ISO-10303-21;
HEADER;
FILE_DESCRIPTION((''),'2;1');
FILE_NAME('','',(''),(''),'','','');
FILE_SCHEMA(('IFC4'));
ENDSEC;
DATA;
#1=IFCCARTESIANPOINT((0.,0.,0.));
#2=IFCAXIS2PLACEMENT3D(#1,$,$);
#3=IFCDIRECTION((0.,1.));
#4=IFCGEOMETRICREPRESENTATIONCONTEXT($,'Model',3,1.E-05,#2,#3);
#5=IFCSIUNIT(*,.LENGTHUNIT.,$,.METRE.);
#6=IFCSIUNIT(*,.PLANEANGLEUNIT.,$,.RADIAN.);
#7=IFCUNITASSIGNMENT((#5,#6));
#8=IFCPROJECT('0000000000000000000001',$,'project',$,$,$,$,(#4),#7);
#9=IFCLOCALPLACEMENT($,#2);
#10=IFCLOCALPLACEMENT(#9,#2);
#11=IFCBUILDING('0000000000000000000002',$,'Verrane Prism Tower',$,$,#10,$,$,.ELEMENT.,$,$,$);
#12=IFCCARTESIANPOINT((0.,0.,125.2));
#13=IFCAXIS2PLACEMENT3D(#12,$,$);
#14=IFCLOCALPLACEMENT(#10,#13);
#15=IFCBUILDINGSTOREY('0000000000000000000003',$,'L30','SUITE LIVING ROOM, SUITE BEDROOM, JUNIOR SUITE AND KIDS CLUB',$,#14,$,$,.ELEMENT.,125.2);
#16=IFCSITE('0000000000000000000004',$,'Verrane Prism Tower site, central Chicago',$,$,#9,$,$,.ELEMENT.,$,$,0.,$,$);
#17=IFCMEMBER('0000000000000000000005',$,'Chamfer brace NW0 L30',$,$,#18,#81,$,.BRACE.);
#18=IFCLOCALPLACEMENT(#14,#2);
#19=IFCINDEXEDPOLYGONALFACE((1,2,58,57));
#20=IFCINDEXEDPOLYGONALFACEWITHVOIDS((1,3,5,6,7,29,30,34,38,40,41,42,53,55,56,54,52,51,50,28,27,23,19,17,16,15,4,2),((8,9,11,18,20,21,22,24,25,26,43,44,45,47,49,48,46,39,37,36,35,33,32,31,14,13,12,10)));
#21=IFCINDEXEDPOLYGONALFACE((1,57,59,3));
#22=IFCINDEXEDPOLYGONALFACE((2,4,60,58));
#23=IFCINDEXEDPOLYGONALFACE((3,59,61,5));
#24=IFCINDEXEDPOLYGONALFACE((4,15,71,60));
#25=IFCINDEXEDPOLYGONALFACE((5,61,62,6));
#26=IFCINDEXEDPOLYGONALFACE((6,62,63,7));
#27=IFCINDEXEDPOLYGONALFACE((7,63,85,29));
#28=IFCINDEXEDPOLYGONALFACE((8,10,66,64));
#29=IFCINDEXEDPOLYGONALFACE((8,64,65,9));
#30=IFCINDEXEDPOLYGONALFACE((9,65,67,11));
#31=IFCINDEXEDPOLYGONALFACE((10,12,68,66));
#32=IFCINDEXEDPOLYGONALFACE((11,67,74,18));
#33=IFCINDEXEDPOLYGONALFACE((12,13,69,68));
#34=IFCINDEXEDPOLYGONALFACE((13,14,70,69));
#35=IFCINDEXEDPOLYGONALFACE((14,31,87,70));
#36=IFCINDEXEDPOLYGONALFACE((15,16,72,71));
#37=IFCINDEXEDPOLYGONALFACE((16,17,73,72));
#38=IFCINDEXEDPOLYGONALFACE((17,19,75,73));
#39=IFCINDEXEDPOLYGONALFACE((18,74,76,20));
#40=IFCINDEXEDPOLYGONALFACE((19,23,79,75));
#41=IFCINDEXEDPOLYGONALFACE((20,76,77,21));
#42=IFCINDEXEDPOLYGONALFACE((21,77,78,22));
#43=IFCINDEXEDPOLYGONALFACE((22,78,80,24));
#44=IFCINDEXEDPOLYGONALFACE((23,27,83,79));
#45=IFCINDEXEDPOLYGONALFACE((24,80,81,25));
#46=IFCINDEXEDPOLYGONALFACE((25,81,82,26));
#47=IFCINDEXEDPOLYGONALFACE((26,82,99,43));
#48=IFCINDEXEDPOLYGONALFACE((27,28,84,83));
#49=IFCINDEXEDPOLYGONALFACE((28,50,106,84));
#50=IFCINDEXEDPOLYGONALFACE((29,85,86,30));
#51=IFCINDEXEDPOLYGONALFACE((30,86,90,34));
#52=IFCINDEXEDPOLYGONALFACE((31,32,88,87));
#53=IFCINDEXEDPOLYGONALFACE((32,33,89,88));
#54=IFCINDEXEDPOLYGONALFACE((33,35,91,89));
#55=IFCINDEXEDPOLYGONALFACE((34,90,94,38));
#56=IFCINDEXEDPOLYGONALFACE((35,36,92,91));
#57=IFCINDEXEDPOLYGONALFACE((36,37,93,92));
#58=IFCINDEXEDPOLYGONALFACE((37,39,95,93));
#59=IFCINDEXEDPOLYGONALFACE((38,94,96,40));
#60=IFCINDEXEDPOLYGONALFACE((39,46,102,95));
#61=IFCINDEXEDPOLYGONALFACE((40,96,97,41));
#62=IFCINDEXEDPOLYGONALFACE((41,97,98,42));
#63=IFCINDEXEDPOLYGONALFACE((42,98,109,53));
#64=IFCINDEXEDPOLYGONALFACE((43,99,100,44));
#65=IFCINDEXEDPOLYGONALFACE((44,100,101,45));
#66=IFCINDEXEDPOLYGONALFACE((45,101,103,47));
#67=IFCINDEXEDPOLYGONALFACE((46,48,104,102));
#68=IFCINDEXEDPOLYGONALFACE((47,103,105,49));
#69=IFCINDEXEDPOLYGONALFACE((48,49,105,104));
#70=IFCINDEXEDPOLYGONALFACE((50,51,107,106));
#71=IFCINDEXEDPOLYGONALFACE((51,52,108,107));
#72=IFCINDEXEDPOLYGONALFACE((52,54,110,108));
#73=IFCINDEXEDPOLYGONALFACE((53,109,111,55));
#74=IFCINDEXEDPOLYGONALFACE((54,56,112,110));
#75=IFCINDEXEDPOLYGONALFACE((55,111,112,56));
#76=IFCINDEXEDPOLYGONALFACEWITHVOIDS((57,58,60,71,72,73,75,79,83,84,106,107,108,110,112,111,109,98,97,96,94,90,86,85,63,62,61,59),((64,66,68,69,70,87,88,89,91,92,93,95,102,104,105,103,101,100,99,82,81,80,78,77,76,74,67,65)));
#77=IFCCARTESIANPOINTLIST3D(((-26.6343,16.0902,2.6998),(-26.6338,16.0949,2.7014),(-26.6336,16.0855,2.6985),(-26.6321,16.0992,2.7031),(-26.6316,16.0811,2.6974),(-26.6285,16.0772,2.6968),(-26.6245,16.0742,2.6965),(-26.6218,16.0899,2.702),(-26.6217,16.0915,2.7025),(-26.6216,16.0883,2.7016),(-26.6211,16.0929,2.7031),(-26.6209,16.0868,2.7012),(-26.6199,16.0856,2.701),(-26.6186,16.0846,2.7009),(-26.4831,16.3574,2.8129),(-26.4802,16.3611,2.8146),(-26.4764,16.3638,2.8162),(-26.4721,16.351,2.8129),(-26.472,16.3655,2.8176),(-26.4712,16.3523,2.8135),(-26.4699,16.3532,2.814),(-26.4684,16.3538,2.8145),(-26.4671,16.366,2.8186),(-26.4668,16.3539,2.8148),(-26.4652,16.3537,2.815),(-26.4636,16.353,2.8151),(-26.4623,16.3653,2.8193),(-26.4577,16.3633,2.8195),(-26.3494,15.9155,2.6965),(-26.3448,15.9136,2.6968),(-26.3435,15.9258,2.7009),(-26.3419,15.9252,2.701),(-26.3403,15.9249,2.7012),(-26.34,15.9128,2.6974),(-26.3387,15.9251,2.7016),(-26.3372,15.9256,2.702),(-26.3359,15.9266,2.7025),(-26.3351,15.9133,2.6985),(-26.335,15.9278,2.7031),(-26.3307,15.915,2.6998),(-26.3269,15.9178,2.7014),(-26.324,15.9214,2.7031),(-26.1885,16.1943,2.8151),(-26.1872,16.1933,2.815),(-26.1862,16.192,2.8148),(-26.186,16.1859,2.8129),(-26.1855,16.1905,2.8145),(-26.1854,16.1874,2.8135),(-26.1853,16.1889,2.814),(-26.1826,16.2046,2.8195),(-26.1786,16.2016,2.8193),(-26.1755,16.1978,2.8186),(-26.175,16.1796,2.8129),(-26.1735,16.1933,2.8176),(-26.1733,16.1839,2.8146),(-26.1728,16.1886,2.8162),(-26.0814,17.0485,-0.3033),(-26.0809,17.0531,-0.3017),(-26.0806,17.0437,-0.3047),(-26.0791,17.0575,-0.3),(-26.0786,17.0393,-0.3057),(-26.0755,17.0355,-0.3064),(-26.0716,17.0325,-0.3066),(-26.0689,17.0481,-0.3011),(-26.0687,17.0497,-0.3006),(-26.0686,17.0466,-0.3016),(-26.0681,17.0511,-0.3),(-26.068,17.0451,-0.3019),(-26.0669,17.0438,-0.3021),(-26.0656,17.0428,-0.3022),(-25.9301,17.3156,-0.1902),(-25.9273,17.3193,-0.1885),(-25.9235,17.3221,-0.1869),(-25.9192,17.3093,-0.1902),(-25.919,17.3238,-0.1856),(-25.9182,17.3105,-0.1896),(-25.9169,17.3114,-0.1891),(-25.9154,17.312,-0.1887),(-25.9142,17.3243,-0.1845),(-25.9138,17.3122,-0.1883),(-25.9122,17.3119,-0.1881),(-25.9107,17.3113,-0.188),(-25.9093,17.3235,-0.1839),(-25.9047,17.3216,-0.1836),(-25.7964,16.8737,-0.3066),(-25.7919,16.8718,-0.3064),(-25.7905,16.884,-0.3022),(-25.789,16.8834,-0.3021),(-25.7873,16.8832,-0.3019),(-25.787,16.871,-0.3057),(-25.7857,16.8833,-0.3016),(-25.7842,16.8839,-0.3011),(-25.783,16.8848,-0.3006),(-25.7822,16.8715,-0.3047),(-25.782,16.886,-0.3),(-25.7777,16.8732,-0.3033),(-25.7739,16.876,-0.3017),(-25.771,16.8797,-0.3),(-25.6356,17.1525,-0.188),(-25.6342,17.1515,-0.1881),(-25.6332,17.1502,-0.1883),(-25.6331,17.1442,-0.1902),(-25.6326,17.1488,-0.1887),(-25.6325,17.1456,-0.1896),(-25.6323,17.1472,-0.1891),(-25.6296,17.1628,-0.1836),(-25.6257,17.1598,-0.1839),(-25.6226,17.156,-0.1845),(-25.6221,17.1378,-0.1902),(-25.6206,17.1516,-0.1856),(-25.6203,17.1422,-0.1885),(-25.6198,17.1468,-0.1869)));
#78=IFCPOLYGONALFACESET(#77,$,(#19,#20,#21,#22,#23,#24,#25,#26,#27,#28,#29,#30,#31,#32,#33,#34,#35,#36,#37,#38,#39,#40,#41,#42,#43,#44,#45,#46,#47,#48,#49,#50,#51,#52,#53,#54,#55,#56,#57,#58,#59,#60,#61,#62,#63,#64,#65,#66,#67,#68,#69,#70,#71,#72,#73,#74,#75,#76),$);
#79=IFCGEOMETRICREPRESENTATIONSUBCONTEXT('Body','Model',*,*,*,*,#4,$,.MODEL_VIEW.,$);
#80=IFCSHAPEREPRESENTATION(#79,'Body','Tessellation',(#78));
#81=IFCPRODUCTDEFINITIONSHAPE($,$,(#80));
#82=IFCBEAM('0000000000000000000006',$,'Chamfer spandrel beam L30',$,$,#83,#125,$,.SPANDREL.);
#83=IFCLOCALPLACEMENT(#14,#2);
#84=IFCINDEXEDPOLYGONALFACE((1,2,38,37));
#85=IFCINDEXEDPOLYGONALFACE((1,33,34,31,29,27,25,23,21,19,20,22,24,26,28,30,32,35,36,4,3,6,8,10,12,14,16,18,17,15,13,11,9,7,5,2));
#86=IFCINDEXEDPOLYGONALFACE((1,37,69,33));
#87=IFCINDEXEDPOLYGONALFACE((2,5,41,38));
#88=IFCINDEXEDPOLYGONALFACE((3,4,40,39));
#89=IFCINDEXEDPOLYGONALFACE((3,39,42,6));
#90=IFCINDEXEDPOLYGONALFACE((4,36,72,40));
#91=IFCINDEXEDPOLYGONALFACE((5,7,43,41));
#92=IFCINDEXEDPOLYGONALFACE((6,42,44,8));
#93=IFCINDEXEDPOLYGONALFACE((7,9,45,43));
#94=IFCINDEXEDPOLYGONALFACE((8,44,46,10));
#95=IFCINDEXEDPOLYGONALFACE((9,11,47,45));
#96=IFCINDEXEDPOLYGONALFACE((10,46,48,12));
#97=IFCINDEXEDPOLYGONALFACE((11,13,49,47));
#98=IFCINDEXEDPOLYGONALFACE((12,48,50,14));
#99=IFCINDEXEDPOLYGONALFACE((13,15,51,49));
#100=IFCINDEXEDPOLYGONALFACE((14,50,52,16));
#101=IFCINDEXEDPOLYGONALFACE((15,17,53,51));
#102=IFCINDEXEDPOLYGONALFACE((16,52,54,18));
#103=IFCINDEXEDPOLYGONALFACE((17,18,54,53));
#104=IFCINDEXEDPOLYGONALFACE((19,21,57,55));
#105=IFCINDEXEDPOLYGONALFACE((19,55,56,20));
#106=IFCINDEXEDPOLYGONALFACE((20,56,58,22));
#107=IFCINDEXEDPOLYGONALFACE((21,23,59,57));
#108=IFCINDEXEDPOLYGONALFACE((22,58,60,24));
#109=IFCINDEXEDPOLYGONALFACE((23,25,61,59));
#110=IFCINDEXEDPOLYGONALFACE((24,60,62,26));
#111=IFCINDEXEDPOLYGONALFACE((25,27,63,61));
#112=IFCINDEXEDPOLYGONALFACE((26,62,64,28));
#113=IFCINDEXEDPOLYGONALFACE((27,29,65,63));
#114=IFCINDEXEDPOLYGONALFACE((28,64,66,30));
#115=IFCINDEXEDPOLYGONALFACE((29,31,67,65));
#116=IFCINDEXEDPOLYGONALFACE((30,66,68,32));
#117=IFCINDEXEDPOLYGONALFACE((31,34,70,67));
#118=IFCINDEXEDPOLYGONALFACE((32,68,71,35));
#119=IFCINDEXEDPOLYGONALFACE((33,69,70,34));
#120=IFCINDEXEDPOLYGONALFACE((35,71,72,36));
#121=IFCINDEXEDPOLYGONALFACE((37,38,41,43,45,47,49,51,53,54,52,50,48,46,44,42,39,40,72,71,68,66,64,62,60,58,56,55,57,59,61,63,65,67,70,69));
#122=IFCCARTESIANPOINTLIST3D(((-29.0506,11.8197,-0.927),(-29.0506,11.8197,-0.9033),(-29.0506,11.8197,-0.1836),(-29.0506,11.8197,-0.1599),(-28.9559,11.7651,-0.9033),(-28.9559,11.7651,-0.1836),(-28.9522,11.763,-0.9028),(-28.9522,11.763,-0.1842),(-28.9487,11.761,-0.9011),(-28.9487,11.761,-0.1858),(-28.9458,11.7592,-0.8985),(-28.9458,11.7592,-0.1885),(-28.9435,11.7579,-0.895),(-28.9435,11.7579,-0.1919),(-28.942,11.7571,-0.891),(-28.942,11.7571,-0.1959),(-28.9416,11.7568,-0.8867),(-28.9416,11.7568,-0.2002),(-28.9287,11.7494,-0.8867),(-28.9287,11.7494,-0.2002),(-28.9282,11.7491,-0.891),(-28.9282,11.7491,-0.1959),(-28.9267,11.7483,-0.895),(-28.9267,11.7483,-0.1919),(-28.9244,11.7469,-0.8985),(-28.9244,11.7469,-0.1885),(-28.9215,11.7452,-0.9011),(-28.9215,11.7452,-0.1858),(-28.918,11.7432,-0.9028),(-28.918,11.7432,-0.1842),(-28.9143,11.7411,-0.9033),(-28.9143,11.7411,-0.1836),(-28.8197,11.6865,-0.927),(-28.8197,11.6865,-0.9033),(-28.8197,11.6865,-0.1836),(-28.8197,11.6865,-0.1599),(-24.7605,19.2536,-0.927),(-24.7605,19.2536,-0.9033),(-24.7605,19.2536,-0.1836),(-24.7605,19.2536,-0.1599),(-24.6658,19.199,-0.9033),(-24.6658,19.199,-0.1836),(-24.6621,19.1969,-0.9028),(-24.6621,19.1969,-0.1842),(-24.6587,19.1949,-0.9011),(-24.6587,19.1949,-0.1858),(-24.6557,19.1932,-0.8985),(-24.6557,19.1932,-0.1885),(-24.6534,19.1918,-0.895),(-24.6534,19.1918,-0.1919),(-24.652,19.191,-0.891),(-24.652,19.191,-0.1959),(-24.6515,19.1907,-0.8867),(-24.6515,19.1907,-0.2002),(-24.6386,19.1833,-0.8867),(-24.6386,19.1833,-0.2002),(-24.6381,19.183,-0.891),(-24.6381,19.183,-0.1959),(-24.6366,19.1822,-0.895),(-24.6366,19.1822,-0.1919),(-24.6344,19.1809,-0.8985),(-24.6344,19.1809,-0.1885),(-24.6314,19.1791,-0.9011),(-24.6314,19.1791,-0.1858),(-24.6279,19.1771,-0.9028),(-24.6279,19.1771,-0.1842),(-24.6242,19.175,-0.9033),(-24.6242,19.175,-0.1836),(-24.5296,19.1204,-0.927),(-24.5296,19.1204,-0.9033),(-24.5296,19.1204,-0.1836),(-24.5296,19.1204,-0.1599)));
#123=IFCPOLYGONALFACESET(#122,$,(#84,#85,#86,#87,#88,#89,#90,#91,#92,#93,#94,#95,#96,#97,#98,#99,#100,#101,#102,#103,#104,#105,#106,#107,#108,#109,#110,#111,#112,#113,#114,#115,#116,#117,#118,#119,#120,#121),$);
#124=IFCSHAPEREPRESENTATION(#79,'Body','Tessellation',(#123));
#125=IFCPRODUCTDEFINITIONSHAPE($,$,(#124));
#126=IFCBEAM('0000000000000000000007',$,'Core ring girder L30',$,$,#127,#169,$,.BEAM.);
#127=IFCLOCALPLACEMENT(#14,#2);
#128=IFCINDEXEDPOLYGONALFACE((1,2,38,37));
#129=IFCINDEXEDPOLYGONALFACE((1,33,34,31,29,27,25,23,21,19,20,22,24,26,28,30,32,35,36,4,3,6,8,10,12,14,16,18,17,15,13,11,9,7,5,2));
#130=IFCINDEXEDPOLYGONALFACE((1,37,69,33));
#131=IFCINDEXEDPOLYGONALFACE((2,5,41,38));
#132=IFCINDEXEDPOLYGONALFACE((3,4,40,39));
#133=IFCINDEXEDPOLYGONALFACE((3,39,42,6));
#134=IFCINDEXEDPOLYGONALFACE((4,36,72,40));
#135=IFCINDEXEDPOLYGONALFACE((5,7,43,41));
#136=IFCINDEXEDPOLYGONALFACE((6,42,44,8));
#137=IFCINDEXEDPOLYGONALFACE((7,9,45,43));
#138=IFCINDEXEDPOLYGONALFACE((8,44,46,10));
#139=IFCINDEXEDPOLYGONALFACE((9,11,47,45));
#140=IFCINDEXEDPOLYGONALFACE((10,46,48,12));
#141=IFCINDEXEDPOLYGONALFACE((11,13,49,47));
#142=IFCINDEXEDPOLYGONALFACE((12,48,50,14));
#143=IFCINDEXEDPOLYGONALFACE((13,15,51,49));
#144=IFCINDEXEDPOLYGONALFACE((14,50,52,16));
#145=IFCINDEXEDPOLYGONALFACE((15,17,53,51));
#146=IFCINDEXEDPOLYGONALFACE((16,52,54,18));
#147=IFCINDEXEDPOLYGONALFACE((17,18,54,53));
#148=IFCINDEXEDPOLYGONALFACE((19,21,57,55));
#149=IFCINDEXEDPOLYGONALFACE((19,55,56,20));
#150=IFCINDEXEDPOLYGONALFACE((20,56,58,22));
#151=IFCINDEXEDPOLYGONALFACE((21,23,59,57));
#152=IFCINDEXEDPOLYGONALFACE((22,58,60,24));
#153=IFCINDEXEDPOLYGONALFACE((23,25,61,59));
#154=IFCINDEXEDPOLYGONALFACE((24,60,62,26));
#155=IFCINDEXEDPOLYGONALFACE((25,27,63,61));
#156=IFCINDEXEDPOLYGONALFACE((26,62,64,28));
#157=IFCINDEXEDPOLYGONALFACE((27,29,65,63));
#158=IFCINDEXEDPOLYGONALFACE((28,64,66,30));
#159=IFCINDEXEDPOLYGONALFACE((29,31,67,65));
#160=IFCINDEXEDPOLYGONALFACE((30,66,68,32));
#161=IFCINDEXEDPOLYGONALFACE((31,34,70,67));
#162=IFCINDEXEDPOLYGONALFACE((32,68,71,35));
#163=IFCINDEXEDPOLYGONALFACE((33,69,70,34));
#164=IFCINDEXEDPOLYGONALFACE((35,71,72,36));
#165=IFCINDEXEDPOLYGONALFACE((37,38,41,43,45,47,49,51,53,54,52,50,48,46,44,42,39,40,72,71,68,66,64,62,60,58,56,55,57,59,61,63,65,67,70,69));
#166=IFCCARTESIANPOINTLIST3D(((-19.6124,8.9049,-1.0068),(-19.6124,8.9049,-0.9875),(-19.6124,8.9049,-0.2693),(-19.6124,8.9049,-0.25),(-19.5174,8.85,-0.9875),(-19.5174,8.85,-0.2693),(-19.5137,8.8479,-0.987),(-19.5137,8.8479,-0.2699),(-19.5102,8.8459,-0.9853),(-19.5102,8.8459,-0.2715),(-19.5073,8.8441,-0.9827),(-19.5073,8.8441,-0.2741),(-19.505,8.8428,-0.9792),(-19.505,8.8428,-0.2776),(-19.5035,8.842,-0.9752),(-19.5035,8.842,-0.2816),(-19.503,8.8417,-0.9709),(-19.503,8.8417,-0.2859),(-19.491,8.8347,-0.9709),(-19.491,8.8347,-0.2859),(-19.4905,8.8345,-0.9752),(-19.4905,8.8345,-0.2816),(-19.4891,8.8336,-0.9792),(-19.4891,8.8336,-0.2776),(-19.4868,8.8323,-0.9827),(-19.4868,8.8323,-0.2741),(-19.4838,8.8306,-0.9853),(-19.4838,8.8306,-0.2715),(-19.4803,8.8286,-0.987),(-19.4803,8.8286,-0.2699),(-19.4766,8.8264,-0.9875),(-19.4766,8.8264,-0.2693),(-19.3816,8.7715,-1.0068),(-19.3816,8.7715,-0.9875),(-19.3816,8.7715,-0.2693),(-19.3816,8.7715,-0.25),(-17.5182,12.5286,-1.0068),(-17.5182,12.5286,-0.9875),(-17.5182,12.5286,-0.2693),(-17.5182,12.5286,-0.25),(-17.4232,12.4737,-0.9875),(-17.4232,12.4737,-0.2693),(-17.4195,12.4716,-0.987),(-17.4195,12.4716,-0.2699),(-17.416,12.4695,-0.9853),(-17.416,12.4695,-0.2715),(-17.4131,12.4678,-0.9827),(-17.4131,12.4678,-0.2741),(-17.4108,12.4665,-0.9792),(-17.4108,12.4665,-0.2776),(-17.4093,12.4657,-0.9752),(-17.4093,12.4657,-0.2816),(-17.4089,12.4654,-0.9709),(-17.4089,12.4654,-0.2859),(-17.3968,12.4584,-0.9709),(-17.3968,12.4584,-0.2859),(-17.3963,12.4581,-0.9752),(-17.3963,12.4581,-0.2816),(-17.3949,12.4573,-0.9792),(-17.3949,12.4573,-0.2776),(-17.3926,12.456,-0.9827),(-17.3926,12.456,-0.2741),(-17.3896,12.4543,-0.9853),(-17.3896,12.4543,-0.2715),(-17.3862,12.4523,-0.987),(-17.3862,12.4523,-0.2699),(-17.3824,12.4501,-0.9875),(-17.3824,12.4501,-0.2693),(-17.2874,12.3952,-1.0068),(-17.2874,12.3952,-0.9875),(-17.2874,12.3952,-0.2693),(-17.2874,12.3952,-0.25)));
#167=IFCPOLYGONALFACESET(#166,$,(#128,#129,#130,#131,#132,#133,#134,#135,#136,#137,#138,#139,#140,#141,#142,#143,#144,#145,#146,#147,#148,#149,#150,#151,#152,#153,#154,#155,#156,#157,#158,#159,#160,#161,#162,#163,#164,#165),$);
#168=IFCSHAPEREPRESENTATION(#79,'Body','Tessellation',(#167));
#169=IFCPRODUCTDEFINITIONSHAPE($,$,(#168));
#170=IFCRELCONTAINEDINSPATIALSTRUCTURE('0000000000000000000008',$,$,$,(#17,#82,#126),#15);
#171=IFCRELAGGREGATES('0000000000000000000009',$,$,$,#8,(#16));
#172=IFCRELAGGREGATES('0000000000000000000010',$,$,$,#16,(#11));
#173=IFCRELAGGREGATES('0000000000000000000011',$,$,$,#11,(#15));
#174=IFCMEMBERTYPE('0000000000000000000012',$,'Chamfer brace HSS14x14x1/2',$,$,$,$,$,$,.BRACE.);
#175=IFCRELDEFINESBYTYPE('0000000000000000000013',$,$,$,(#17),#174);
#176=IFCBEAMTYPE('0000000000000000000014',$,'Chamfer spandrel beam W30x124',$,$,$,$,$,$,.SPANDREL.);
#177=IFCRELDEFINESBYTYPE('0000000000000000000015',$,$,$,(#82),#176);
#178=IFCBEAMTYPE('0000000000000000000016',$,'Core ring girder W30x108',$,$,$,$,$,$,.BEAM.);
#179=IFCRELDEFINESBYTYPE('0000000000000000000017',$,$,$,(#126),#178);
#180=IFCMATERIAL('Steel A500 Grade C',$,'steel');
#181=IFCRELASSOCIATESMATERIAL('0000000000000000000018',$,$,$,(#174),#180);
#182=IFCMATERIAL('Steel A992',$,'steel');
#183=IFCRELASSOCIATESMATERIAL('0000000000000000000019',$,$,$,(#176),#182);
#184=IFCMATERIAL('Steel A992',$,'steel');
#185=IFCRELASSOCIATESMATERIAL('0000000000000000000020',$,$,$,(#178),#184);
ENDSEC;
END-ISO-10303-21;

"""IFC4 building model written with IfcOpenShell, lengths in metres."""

from ifc_helpers import new_model, si_unit, direction, frame, origin, origin_2d, place, context, subcontext, project, spatial, hollow_rectangle, i_section, extrude, material, material_profile, profile_set, type_object, element, save


model = new_model("IFC4")

# Units and contexts
model_context = context("Model", 3, precision=1e-05, world=origin(), true_north=direction((0.0, 1.0)))
body_context = subcontext(model_context, "Body", "Model", "MODEL_VIEW")
ifc_project = project(units=[si_unit("LENGTHUNIT", "METRE"), si_unit("PLANEANGLEUNIT", "RADIAN")], contexts=[model_context])

# Site, building, storey
site_placement = place(None, origin())
site = spatial("IfcSite", under=ifc_project, at=site_placement, Name="Verrane Prism Tower site, central Chicago", CompositionType="ELEMENT", RefElevation=0.0)
building_placement = place(site_placement, origin())
building = spatial("IfcBuilding", under=site, at=building_placement, Name="Verrane Prism Tower", CompositionType="ELEMENT")
storey_placement = place(building_placement, frame((0.0, 0.0, 125.2)))
storey = spatial("IfcBuildingStorey", under=building, at=storey_placement, Name="L30", Description="SUITE LIVING ROOM, SUITE BEDROOM, JUNIOR SUITE AND KIDS CLUB", CompositionType="ELEMENT", Elevation=125.2)

# Member
ifc_material_1 = material(Name="Steel A500 Grade C", Category="steel")
ifc_material_profile_1 = material_profile(ifc_material_1, hollow_rectangle(XDim=0.3557, YDim=0.3557, WallThickness=0.0127, InnerFilletRadius=0.0063, OuterFilletRadius=0.019, at=origin_2d()), Name="HSS14x14x1/2")
ifc_profile_set_1 = profile_set([ifc_material_profile_1], Name="Steel A500 Grade C")
member_type_1 = type_object("IfcMemberType", Name="Chamfer brace HSS14x14x1/2", PredefinedType="BRACE", material=ifc_profile_set_1)
member_1_placement = place(storey_placement, frame((-25.8506, 17.0977, -0.2451), z_axis=(-0.17278, -0.299409, 0.93835), x_axis=(0.86613, -0.499818, 0.0)))
element("IfcMember", 1, at=member_1_placement, inside=storey, type_object=member_type_1, Name="Chamfer brace NW0 L30", PredefinedType="BRACE", context=body_context, shape_type="SweptSolid", body=[
    extrude(hollow_rectangle(XDim=0.3557, YDim=0.3557, WallThickness=0.0127, InnerFilletRadius=0.0063, OuterFilletRadius=0.019, at=origin_2d()), origin(), (0.0, 0.0, 1.0), 3.2004),
])

# Beams
ifc_material_2 = material(Name="Steel A992", Category="steel")
ifc_material_profile_2 = material_profile(ifc_material_2, i_section(OverallWidth=0.2666, OverallDepth=0.7671, WebThickness=0.0149, FlangeThickness=0.0237, FilletRadius=0.0166, at=origin_2d()), Name="W30x124")
ifc_profile_set_2 = profile_set([ifc_material_profile_2], Name="Steel A992")
beam_type_1 = type_object("IfcBeamType", Name="Chamfer spandrel beam W30x124", PredefinedType="SPANDREL", material=ifc_profile_set_2)
beam_1_placement = place(storey_placement, frame((-24.645, 19.187, -0.5435), z_axis=(-0.499835, -0.866121, 0.0), x_axis=(0.866121, -0.499835, 0.0)))
element("IfcBeam", 2, at=beam_1_placement, inside=storey, type_object=beam_type_1, Name="Chamfer spandrel beam L30", PredefinedType="SPANDREL", context=body_context, shape_type="SweptSolid", body=[
    extrude(i_section(OverallWidth=0.2666, OverallDepth=0.7671, WebThickness=0.0149, FlangeThickness=0.0237, FilletRadius=0.0166, at=origin_2d()), origin(), (0.0, 0.0, 1.0), 8.583),
])
ifc_material_3 = material(Name="Steel A992", Category="steel")
ifc_material_profile_3 = material_profile(ifc_material_3, i_section(OverallWidth=0.2666, OverallDepth=0.7568, WebThickness=0.0139, FlangeThickness=0.0193, FilletRadius=0.0166, at=origin_2d()), Name="W30x108")
ifc_profile_set_3 = profile_set([ifc_material_profile_3], Name="Steel A992")
beam_type_2 = type_object("IfcBeamType", Name="Core ring girder W30x108", PredefinedType="BEAM", material=ifc_profile_set_3)
beam_2_placement = place(storey_placement, frame((-17.4028, 12.4619, -0.6284), z_axis=(-0.500367, -0.865813, 0.0), x_axis=(0.865813, -0.500367, 0.0)))
element("IfcBeam", 3, at=beam_2_placement, inside=storey, type_object=beam_type_2, Name="Core ring girder L30", PredefinedType="BEAM", context=body_context, shape_type="SweptSolid", body=[
    extrude(i_section(OverallWidth=0.2666, OverallDepth=0.7568, WebThickness=0.0139, FlangeThickness=0.0193, FilletRadius=0.0166, at=origin_2d()), origin(), (0.0, 0.0, 1.0), 4.1853),
])

save(model, "model.ifc")
